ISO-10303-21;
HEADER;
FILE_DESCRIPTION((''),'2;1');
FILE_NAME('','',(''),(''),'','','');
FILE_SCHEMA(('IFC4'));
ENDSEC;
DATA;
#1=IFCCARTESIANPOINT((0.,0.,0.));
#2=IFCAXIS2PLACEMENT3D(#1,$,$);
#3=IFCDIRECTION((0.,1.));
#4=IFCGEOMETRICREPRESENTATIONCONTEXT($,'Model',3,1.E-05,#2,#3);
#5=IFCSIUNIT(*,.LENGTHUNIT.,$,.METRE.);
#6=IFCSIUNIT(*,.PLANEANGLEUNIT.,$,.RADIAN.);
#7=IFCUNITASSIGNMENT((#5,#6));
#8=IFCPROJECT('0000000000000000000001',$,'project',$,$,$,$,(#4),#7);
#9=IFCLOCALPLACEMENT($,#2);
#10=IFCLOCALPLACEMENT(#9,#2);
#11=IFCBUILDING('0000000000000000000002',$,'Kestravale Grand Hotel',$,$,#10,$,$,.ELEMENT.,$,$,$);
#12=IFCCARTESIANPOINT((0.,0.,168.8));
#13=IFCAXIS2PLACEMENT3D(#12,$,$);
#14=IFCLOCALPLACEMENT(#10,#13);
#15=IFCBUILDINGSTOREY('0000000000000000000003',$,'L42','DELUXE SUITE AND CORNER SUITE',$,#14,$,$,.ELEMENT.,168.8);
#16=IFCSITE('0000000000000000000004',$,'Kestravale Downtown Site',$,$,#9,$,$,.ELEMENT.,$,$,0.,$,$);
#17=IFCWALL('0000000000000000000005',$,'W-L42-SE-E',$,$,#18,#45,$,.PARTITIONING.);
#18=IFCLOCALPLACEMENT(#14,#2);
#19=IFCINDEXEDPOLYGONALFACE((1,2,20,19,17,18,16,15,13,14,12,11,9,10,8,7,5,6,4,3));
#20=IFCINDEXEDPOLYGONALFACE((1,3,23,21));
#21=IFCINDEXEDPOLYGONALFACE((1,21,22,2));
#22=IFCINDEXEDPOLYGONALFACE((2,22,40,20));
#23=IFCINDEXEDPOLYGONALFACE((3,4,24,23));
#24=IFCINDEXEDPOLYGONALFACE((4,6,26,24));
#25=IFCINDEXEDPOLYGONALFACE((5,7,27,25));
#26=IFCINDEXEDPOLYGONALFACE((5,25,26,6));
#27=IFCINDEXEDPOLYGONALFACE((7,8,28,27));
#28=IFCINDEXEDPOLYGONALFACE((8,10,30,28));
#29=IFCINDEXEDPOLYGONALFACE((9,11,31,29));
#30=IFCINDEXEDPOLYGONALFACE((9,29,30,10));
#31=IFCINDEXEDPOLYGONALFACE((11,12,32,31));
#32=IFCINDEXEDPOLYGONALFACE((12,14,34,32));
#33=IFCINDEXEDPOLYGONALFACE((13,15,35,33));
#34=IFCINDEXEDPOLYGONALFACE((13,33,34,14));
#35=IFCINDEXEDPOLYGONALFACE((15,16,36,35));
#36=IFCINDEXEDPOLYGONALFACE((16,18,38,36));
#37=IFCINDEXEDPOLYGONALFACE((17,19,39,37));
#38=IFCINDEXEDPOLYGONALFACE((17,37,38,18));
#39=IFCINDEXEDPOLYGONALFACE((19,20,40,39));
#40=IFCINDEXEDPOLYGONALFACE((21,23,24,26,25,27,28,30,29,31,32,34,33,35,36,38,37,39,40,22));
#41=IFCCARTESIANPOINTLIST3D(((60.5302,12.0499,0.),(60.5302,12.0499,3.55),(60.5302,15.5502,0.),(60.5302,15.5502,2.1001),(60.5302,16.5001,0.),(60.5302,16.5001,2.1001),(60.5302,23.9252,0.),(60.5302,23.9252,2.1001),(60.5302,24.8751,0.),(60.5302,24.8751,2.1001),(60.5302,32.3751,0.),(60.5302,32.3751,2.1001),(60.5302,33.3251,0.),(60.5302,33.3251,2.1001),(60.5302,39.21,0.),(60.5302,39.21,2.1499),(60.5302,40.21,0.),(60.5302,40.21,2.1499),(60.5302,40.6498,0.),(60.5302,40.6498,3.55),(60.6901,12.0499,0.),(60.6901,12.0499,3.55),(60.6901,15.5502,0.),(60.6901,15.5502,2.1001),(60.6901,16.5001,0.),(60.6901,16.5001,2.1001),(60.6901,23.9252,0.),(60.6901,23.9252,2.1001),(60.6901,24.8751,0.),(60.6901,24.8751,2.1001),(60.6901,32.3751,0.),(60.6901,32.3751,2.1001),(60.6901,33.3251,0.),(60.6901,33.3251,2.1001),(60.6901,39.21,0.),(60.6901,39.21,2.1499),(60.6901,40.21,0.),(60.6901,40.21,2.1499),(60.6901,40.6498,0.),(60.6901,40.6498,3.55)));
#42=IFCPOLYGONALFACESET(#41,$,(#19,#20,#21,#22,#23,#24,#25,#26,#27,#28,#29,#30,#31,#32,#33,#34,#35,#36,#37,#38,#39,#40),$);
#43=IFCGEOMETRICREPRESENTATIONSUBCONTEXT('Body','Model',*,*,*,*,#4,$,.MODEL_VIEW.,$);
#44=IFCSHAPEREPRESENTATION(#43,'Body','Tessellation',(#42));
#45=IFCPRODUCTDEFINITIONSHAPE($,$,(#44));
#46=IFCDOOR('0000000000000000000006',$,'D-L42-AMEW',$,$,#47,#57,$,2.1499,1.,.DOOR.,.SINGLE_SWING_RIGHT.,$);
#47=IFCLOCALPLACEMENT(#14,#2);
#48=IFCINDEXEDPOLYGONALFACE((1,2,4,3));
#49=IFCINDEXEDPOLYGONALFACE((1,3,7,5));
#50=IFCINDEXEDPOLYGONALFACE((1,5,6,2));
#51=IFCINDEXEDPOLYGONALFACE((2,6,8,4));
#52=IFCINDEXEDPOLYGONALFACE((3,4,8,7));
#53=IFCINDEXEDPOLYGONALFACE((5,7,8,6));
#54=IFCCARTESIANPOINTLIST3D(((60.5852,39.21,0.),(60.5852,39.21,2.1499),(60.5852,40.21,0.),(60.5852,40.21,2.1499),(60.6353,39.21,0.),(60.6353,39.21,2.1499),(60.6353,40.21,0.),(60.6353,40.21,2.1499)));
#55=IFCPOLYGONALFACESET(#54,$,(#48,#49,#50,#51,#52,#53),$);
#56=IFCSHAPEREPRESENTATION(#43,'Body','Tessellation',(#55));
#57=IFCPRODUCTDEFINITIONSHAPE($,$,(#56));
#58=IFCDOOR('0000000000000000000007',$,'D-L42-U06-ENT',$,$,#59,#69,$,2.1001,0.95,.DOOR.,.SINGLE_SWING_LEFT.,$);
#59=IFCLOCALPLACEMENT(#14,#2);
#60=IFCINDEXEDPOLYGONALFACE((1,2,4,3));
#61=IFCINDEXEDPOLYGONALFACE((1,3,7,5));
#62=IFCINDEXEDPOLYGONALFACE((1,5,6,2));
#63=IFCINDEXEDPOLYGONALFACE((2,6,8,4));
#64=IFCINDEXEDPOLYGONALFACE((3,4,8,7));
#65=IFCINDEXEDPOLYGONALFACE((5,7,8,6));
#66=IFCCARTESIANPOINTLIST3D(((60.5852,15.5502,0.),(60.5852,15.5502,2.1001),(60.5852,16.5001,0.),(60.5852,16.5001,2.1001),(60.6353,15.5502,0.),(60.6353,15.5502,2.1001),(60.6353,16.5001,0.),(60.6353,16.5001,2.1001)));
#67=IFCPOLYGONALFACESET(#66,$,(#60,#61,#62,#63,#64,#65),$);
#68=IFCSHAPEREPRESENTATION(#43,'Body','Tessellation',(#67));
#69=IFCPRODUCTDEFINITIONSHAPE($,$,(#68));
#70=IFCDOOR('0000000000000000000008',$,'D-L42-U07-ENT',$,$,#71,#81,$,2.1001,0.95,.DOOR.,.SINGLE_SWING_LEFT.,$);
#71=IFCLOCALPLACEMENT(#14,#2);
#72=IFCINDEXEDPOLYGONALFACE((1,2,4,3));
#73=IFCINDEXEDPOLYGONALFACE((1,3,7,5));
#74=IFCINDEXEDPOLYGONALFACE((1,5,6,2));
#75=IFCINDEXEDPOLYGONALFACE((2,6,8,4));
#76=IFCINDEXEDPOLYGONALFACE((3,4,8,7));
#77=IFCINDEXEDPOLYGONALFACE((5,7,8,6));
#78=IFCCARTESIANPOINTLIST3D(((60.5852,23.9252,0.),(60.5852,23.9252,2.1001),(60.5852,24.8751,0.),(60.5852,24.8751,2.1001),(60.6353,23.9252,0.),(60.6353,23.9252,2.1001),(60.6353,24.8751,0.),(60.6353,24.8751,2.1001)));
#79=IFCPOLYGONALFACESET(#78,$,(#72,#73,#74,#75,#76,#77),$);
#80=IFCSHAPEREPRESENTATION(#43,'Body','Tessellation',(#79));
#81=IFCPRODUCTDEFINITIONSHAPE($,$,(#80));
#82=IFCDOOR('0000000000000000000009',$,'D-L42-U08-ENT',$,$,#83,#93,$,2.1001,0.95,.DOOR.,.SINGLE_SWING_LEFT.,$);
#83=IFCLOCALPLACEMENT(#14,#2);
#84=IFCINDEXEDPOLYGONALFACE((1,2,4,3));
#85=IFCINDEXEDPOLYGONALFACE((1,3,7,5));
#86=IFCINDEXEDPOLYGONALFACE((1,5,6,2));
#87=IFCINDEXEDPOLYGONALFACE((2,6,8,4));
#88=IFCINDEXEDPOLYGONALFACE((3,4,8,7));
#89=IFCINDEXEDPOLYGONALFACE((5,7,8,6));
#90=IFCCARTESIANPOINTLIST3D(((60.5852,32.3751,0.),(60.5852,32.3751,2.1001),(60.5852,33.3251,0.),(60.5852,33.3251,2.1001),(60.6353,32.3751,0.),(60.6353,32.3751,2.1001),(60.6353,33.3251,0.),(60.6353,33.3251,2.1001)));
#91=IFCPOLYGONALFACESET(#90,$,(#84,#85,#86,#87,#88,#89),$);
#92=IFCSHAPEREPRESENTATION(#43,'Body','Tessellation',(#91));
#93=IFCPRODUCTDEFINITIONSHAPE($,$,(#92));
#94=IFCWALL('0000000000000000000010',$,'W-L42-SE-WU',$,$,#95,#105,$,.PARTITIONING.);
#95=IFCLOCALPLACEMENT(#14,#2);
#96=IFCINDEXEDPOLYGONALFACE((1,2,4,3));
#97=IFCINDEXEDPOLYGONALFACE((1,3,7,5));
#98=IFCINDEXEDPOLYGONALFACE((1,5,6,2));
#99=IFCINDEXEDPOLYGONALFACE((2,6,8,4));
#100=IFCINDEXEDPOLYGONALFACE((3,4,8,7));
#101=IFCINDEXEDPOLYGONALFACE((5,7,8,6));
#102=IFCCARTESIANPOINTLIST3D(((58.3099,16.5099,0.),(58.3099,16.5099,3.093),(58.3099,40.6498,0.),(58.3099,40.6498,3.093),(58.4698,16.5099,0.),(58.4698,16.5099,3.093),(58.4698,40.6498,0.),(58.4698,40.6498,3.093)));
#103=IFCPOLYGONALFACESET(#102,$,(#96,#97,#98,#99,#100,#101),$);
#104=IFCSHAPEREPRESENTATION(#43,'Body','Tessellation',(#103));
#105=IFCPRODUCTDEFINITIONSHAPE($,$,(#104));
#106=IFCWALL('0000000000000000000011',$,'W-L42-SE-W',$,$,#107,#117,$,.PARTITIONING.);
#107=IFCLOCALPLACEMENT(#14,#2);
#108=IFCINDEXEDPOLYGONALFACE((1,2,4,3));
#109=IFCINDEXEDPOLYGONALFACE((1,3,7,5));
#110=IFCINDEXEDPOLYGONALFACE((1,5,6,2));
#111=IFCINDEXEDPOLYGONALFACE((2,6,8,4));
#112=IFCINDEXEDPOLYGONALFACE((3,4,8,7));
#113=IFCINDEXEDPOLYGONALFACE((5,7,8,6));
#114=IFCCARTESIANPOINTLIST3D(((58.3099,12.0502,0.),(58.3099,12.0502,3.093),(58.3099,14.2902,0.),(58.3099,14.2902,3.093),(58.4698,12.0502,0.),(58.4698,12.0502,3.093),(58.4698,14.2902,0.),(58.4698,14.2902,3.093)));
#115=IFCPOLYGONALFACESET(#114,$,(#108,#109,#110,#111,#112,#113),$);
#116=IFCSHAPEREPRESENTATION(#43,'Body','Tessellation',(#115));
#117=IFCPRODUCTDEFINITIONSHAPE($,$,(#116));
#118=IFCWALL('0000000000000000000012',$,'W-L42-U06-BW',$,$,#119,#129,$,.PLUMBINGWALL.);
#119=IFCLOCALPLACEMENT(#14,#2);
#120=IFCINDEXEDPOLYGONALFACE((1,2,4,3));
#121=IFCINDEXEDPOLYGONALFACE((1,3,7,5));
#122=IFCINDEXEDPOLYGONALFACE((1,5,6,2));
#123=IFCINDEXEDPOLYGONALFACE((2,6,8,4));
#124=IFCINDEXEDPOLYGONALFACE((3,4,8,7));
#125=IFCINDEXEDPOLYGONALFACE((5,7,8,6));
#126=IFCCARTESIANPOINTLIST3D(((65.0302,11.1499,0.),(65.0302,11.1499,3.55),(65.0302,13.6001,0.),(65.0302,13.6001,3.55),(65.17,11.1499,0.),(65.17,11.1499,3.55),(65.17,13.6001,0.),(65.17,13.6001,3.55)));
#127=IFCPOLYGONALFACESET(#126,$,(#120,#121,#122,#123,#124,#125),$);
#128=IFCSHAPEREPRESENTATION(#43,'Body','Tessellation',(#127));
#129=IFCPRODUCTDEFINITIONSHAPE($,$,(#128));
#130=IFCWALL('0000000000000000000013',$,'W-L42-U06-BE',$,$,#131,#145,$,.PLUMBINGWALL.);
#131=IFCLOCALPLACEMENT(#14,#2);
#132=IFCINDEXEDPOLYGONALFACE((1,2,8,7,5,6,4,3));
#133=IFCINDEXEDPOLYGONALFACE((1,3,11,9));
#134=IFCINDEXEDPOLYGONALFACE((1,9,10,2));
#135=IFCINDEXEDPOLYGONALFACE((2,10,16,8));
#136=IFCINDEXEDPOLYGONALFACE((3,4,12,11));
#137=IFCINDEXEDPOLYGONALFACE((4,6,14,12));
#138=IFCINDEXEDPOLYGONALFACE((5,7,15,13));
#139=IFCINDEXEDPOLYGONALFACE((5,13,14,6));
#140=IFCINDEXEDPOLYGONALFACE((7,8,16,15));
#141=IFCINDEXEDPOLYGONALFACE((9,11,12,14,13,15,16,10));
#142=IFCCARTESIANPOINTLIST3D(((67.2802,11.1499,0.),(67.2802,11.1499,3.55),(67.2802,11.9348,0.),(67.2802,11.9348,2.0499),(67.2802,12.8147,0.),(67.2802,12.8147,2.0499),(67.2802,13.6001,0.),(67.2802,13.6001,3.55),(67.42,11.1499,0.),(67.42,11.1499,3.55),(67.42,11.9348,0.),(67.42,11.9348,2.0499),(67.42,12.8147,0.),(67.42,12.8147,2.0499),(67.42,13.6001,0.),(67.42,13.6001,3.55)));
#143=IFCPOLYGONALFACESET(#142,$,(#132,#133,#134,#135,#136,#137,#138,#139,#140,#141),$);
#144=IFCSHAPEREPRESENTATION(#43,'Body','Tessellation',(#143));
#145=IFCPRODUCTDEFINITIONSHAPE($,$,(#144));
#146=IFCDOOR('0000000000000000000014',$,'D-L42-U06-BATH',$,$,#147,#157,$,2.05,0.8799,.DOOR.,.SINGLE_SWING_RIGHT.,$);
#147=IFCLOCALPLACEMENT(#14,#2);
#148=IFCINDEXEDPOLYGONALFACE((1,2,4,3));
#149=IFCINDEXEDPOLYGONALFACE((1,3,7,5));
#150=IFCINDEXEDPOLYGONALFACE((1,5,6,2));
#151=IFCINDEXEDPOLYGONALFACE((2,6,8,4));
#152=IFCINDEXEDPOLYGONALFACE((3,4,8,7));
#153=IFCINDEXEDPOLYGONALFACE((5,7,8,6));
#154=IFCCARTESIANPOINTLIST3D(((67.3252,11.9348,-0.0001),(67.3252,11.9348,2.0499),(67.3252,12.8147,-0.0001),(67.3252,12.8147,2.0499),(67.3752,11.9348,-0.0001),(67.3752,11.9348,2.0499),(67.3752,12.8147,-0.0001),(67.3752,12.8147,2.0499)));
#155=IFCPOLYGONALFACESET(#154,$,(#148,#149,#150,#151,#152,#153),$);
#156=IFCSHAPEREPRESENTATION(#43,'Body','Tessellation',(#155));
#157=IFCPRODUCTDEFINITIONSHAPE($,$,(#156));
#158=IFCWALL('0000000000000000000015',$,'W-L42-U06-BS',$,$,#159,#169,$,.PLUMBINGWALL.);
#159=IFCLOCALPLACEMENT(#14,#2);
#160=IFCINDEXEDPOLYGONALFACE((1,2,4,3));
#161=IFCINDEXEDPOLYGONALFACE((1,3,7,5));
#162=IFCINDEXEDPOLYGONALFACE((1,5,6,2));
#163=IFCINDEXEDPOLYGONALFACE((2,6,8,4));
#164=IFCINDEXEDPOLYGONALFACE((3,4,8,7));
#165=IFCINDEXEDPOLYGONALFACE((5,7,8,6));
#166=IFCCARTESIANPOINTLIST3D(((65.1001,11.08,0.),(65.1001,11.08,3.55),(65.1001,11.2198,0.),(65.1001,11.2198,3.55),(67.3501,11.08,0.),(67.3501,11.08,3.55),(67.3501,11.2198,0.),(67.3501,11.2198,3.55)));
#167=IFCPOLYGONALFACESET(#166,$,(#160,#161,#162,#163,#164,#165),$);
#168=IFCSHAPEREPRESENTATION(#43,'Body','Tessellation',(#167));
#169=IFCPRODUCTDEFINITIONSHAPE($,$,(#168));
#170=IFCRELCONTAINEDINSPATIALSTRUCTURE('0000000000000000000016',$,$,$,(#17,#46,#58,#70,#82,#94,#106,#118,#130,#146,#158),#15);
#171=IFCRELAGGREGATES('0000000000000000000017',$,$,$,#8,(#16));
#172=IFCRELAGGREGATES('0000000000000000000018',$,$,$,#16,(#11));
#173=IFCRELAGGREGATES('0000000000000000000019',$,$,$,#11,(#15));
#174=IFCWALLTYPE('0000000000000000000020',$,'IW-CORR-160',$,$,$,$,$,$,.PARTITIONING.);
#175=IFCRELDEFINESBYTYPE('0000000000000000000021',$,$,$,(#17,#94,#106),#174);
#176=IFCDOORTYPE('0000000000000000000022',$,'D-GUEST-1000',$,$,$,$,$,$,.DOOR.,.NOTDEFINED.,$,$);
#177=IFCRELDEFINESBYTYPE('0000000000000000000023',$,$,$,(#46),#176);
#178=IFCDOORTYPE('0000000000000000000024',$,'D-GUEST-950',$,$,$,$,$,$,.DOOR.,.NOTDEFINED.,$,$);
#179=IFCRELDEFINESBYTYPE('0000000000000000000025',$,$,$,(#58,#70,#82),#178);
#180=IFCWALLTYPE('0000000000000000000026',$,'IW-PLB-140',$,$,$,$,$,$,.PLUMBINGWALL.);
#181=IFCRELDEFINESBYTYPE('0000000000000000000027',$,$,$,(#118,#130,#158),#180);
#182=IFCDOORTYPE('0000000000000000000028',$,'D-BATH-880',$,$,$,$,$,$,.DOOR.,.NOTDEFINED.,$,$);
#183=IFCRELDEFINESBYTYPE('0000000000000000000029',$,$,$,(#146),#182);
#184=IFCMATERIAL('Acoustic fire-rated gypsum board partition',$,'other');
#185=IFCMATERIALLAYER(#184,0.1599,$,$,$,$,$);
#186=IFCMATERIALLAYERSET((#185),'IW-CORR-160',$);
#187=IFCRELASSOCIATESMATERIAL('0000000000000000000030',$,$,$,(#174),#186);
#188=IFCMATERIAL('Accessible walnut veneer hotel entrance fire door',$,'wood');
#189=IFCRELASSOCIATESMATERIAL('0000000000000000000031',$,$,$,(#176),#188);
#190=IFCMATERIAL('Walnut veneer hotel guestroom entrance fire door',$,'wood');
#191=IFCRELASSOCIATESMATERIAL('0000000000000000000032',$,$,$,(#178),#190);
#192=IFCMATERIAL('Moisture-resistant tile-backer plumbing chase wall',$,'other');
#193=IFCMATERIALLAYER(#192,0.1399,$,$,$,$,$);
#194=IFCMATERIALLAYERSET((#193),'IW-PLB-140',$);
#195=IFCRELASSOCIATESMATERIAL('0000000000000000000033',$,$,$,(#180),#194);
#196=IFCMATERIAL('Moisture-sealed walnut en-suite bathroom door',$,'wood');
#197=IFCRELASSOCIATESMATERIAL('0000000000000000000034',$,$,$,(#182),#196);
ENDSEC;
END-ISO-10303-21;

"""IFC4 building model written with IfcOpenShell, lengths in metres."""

from ifc_helpers import new_model, si_unit, direction, frame, frame_2d, origin, place, context, subcontext, project, spatial, rectangle, extrude, material, layer, layer_set, type_object, element, fill, save


model = new_model("IFC4")

# Units and contexts
model_context = context("Model", 3, precision=1e-05, world=origin(), true_north=direction((0.0, 1.0)))
body_context = subcontext(model_context, "Body", "Model", "MODEL_VIEW")
ifc_project = project(units=[si_unit("LENGTHUNIT", "METRE"), si_unit("PLANEANGLEUNIT", "RADIAN")], contexts=[model_context])

# Site, building, storey
site_placement = place(None, origin())
site = spatial("IfcSite", under=ifc_project, at=site_placement, Name="Kestravale Downtown Site", CompositionType="ELEMENT", RefElevation=0.0)
building_placement = place(site_placement, origin())
building = spatial("IfcBuilding", under=site, at=building_placement, Name="Kestravale Grand Hotel", CompositionType="ELEMENT")
storey_placement = place(building_placement, frame((0.0, 0.0, 168.8)))
storey = spatial("IfcBuildingStorey", under=building, at=storey_placement, Name="L42", Description="DELUXE SUITE AND CORNER SUITE", CompositionType="ELEMENT", Elevation=168.8)

# Wall, openings, doors
ifc_material_1 = material(Name="Acoustic fire-rated gypsum board partition", Category="other")
ifc_layer_1 = layer(ifc_material_1, 0.1599)
ifc_layer_set_1 = layer_set([ifc_layer_1], Name="IW-CORR-160")
wall_type_1 = type_object("IfcWallType", Name="IW-CORR-160", PredefinedType="PARTITIONING", material=ifc_layer_set_1)
wall_1_placement = place(storey_placement, frame((60.6101, 12.05, 0.0), z_axis=(0.0, 0.0, 1.0), x_axis=(0.0, 1.0, 0.0)))
wall_1 = element("IfcWall", 1, at=wall_1_placement, inside=storey, type_object=wall_type_1, Name="W-L42-SE-E", PredefinedType="PARTITIONING", context=body_context, shape_type="SweptSolid", body=[
    extrude(rectangle(XDim=28.5999, YDim=0.1599, at=frame_2d((14.2998, 0.0))), origin(), (0.0, 0.0, 1.0), 3.55),
])
opening_1_placement = place(wall_1_placement, frame((3.5, 0.0, 0.0)))
opening_1 = element("IfcOpeningElement", 2, at=opening_1_placement, cuts=wall_1, PredefinedType="OPENING", context=body_context, shape_type="SweptSolid", body=[
    extrude(rectangle(XDim=0.95, YDim=2.1001, at=frame_2d((0.4751, 1.05))), frame((0.0, 0.0898, 0.0), z_axis=(0.0, -1.0, 0.0), x_axis=(1.0, 0.0, 0.0)), (0.0, 0.0, 1.0), 0.1799),
])
opening_2_placement = place(wall_1_placement, frame((11.875, 0.0, 0.0)))
opening_2 = element("IfcOpeningElement", 3, at=opening_2_placement, cuts=wall_1, PredefinedType="OPENING", context=body_context, shape_type="SweptSolid", body=[
    extrude(rectangle(XDim=0.95, YDim=2.1001, at=frame_2d((0.4751, 1.05))), frame((0.0, 0.0898, 0.0), z_axis=(0.0, -1.0, 0.0), x_axis=(1.0, 0.0, 0.0)), (0.0, 0.0, 1.0), 0.1799),
])
opening_3_placement = place(wall_1_placement, frame((20.325, 0.0, 0.0)))
opening_3 = element("IfcOpeningElement", 4, at=opening_3_placement, cuts=wall_1, PredefinedType="OPENING", context=body_context, shape_type="SweptSolid", body=[
    extrude(rectangle(XDim=0.95, YDim=2.1001, at=frame_2d((0.4751, 1.05))), frame((0.0, 0.0898, 0.0), z_axis=(0.0, -1.0, 0.0), x_axis=(1.0, 0.0, 0.0)), (0.0, 0.0, 1.0), 0.1799),
])
opening_4_placement = place(wall_1_placement, frame((27.1599, 0.0, 0.0)))
opening_4 = element("IfcOpeningElement", 5, at=opening_4_placement, cuts=wall_1, PredefinedType="OPENING", context=body_context, shape_type="SweptSolid", body=[
    extrude(rectangle(XDim=1.0, YDim=2.1499, at=frame_2d((0.5, 1.075))), frame((0.0, 0.0898, 0.0), z_axis=(0.0, -1.0, 0.0), x_axis=(1.0, 0.0, 0.0)), (0.0, 0.0, 1.0), 0.1799),
])
ifc_material_2 = material(Name="Accessible walnut veneer hotel entrance fire door", Category="wood")
door_type_1 = type_object("IfcDoorType", Name="D-GUEST-1000", OperationType="NOTDEFINED", PredefinedType="DOOR", material=ifc_material_2)
door_1_placement = place(opening_4_placement, origin())
door_1 = element("IfcDoor", 6, at=door_1_placement, inside=storey, type_object=door_type_1, Name="D-L42-AMEW", OperationType="SINGLE_SWING_RIGHT", OverallHeight=2.1499, OverallWidth=1.0, PredefinedType="DOOR", context=body_context, shape_type="SweptSolid", body=[
    extrude(rectangle(XDim=1.0, YDim=2.1499, at=frame_2d((0.5, 1.075))), frame((0.0, 0.0249, 0.0), z_axis=(0.0, -1.0, 0.0), x_axis=(1.0, 0.0, 0.0)), (0.0, 0.0, 1.0), 0.05),
])
fill(opening_4, door_1)
ifc_material_3 = material(Name="Walnut veneer hotel guestroom entrance fire door", Category="wood")
door_type_2 = type_object("IfcDoorType", Name="D-GUEST-950", OperationType="NOTDEFINED", PredefinedType="DOOR", material=ifc_material_3)
door_2_placement = place(opening_1_placement, origin())
door_2 = element("IfcDoor", 7, at=door_2_placement, inside=storey, type_object=door_type_2, Name="D-L42-U06-ENT", OperationType="SINGLE_SWING_LEFT", OverallHeight=2.1001, OverallWidth=0.95, PredefinedType="DOOR", context=body_context, shape_type="SweptSolid", body=[
    extrude(rectangle(XDim=0.95, YDim=2.1001, at=frame_2d((0.4751, 1.05))), frame((0.0, 0.0249, 0.0), z_axis=(0.0, -1.0, 0.0), x_axis=(1.0, 0.0, 0.0)), (0.0, 0.0, 1.0), 0.05),
])
fill(opening_1, door_2)
door_3_placement = place(opening_2_placement, origin())
door_3 = element("IfcDoor", 8, at=door_3_placement, inside=storey, type_object=door_type_2, Name="D-L42-U07-ENT", OperationType="SINGLE_SWING_LEFT", OverallHeight=2.1001, OverallWidth=0.95, PredefinedType="DOOR", context=body_context, shape_type="SweptSolid", body=[
    extrude(rectangle(XDim=0.95, YDim=2.1001, at=frame_2d((0.4751, 1.05))), frame((0.0, 0.0249, 0.0), z_axis=(0.0, -1.0, 0.0), x_axis=(1.0, 0.0, 0.0)), (0.0, 0.0, 1.0), 0.05),
])
fill(opening_2, door_3)
door_4_placement = place(opening_3_placement, origin())
door_4 = element("IfcDoor", 9, at=door_4_placement, inside=storey, type_object=door_type_2, Name="D-L42-U08-ENT", OperationType="SINGLE_SWING_LEFT", OverallHeight=2.1001, OverallWidth=0.95, PredefinedType="DOOR", context=body_context, shape_type="SweptSolid", body=[
    extrude(rectangle(XDim=0.95, YDim=2.1001, at=frame_2d((0.4751, 1.05))), frame((0.0, 0.0249, 0.0), z_axis=(0.0, -1.0, 0.0), x_axis=(1.0, 0.0, 0.0)), (0.0, 0.0, 1.0), 0.05),
])
fill(opening_3, door_4)

# Walls
wall_2_placement = place(storey_placement, frame((58.3899, 16.51, 0.0), z_axis=(0.0, 0.0, 1.0), x_axis=(0.0, 1.0, 0.0)))
element("IfcWall", 10, at=wall_2_placement, inside=storey, type_object=wall_type_1, Name="W-L42-SE-WU", PredefinedType="PARTITIONING", context=body_context, shape_type="SweptSolid", body=[
    extrude(rectangle(XDim=24.1399, YDim=0.1599, at=frame_2d((12.0698, 0.0))), origin(), (0.0, 0.0, 1.0), 3.093),
])
wall_3_placement = place(storey_placement, frame((58.3899, 12.05, 0.0), z_axis=(0.0, 0.0, 1.0), x_axis=(0.0, 1.0, 0.0)))
element("IfcWall", 11, at=wall_3_placement, inside=storey, type_object=wall_type_1, Name="W-L42-SE-W", PredefinedType="PARTITIONING", context=body_context, shape_type="SweptSolid", body=[
    extrude(rectangle(XDim=2.24, YDim=0.1599, at=frame_2d((1.1201, 0.0))), origin(), (0.0, 0.0, 1.0), 3.093),
])
ifc_material_4 = material(Name="Moisture-resistant tile-backer plumbing chase wall", Category="other")
ifc_layer_2 = layer(ifc_material_4, 0.1399)
ifc_layer_set_2 = layer_set([ifc_layer_2], Name="IW-PLB-140")
wall_type_2 = type_object("IfcWallType", Name="IW-PLB-140", PredefinedType="PLUMBINGWALL", material=ifc_layer_set_2)
wall_4_placement = place(storey_placement, frame((65.1001, 11.1499, 0.0), z_axis=(0.0, 0.0, 1.0), x_axis=(0.0, 1.0, 0.0)))
element("IfcWall", 12, at=wall_4_placement, inside=storey, type_object=wall_type_2, Name="W-L42-U06-BW", PredefinedType="PLUMBINGWALL", context=body_context, shape_type="SweptSolid", body=[
    extrude(rectangle(XDim=2.4502, YDim=0.1399, at=frame_2d((1.2251, 0.0))), origin(), (0.0, 0.0, 1.0), 3.55),
])

# Wall, opening, door
wall_5_placement = place(storey_placement, frame((67.3501, 11.1499, 0.0), z_axis=(0.0, 0.0, 1.0), x_axis=(0.0, 1.0, 0.0)))
wall_5 = element("IfcWall", 13, at=wall_5_placement, inside=storey, type_object=wall_type_2, Name="W-L42-U06-BE", PredefinedType="PLUMBINGWALL", context=body_context, shape_type="SweptSolid", body=[
    extrude(rectangle(XDim=2.4502, YDim=0.1399, at=frame_2d((1.2251, 0.0))), origin(), (0.0, 0.0, 1.0), 3.55),
])
opening_5_placement = place(wall_5_placement, frame((0.7849, 0.0, 0.0)))
opening_5 = element("IfcOpeningElement", 14, at=opening_5_placement, cuts=wall_5, PredefinedType="OPENING", context=body_context, shape_type="SweptSolid", body=[
    extrude(rectangle(XDim=0.8799, YDim=2.05, at=frame_2d((0.4399, 1.0249))), frame((0.0, 0.0798, 0.0), z_axis=(0.0, -1.0, 0.0), x_axis=(1.0, 0.0, 0.0)), (0.0, 0.0, 1.0), 0.1599),
])
ifc_material_5 = material(Name="Moisture-sealed walnut en-suite bathroom door", Category="wood")
door_type_3 = type_object("IfcDoorType", Name="D-BATH-880", OperationType="NOTDEFINED", PredefinedType="DOOR", material=ifc_material_5)
door_5_placement = place(opening_5_placement, origin())
door_5 = element("IfcDoor", 15, at=door_5_placement, inside=storey, type_object=door_type_3, Name="D-L42-U06-BATH", OperationType="SINGLE_SWING_RIGHT", OverallHeight=2.05, OverallWidth=0.8799, PredefinedType="DOOR", context=body_context, shape_type="SweptSolid", body=[
    extrude(rectangle(XDim=0.8799, YDim=2.05, at=frame_2d((0.4399, 1.0249))), frame((0.0, 0.0249, 0.0), z_axis=(0.0, -1.0, 0.0), x_axis=(1.0, 0.0, 0.0)), (0.0, 0.0, 1.0), 0.05),
])
fill(opening_5, door_5)

# Wall
for number, where, z_axis, x_axis, name in (
    (16, (65.1001, 11.1499, 0.0), (0.0, 0.0, 1.0), (1.0, 0.0, 0.0), "W-L42-U06-BS"),
):
    element("IfcWall", number, at=place(storey_placement, frame(where, z_axis=z_axis, x_axis=x_axis)), inside=storey, type_object=wall_type_2, Name=name, PredefinedType="PLUMBINGWALL", context=body_context, shape_type="SweptSolid", body=[
        extrude(rectangle(XDim=2.25, YDim=0.1399, at=frame_2d((1.125, 0.0))), origin(), (0.0, 0.0, 1.0), 3.55),
    ])

save(model, "model.ifc")
